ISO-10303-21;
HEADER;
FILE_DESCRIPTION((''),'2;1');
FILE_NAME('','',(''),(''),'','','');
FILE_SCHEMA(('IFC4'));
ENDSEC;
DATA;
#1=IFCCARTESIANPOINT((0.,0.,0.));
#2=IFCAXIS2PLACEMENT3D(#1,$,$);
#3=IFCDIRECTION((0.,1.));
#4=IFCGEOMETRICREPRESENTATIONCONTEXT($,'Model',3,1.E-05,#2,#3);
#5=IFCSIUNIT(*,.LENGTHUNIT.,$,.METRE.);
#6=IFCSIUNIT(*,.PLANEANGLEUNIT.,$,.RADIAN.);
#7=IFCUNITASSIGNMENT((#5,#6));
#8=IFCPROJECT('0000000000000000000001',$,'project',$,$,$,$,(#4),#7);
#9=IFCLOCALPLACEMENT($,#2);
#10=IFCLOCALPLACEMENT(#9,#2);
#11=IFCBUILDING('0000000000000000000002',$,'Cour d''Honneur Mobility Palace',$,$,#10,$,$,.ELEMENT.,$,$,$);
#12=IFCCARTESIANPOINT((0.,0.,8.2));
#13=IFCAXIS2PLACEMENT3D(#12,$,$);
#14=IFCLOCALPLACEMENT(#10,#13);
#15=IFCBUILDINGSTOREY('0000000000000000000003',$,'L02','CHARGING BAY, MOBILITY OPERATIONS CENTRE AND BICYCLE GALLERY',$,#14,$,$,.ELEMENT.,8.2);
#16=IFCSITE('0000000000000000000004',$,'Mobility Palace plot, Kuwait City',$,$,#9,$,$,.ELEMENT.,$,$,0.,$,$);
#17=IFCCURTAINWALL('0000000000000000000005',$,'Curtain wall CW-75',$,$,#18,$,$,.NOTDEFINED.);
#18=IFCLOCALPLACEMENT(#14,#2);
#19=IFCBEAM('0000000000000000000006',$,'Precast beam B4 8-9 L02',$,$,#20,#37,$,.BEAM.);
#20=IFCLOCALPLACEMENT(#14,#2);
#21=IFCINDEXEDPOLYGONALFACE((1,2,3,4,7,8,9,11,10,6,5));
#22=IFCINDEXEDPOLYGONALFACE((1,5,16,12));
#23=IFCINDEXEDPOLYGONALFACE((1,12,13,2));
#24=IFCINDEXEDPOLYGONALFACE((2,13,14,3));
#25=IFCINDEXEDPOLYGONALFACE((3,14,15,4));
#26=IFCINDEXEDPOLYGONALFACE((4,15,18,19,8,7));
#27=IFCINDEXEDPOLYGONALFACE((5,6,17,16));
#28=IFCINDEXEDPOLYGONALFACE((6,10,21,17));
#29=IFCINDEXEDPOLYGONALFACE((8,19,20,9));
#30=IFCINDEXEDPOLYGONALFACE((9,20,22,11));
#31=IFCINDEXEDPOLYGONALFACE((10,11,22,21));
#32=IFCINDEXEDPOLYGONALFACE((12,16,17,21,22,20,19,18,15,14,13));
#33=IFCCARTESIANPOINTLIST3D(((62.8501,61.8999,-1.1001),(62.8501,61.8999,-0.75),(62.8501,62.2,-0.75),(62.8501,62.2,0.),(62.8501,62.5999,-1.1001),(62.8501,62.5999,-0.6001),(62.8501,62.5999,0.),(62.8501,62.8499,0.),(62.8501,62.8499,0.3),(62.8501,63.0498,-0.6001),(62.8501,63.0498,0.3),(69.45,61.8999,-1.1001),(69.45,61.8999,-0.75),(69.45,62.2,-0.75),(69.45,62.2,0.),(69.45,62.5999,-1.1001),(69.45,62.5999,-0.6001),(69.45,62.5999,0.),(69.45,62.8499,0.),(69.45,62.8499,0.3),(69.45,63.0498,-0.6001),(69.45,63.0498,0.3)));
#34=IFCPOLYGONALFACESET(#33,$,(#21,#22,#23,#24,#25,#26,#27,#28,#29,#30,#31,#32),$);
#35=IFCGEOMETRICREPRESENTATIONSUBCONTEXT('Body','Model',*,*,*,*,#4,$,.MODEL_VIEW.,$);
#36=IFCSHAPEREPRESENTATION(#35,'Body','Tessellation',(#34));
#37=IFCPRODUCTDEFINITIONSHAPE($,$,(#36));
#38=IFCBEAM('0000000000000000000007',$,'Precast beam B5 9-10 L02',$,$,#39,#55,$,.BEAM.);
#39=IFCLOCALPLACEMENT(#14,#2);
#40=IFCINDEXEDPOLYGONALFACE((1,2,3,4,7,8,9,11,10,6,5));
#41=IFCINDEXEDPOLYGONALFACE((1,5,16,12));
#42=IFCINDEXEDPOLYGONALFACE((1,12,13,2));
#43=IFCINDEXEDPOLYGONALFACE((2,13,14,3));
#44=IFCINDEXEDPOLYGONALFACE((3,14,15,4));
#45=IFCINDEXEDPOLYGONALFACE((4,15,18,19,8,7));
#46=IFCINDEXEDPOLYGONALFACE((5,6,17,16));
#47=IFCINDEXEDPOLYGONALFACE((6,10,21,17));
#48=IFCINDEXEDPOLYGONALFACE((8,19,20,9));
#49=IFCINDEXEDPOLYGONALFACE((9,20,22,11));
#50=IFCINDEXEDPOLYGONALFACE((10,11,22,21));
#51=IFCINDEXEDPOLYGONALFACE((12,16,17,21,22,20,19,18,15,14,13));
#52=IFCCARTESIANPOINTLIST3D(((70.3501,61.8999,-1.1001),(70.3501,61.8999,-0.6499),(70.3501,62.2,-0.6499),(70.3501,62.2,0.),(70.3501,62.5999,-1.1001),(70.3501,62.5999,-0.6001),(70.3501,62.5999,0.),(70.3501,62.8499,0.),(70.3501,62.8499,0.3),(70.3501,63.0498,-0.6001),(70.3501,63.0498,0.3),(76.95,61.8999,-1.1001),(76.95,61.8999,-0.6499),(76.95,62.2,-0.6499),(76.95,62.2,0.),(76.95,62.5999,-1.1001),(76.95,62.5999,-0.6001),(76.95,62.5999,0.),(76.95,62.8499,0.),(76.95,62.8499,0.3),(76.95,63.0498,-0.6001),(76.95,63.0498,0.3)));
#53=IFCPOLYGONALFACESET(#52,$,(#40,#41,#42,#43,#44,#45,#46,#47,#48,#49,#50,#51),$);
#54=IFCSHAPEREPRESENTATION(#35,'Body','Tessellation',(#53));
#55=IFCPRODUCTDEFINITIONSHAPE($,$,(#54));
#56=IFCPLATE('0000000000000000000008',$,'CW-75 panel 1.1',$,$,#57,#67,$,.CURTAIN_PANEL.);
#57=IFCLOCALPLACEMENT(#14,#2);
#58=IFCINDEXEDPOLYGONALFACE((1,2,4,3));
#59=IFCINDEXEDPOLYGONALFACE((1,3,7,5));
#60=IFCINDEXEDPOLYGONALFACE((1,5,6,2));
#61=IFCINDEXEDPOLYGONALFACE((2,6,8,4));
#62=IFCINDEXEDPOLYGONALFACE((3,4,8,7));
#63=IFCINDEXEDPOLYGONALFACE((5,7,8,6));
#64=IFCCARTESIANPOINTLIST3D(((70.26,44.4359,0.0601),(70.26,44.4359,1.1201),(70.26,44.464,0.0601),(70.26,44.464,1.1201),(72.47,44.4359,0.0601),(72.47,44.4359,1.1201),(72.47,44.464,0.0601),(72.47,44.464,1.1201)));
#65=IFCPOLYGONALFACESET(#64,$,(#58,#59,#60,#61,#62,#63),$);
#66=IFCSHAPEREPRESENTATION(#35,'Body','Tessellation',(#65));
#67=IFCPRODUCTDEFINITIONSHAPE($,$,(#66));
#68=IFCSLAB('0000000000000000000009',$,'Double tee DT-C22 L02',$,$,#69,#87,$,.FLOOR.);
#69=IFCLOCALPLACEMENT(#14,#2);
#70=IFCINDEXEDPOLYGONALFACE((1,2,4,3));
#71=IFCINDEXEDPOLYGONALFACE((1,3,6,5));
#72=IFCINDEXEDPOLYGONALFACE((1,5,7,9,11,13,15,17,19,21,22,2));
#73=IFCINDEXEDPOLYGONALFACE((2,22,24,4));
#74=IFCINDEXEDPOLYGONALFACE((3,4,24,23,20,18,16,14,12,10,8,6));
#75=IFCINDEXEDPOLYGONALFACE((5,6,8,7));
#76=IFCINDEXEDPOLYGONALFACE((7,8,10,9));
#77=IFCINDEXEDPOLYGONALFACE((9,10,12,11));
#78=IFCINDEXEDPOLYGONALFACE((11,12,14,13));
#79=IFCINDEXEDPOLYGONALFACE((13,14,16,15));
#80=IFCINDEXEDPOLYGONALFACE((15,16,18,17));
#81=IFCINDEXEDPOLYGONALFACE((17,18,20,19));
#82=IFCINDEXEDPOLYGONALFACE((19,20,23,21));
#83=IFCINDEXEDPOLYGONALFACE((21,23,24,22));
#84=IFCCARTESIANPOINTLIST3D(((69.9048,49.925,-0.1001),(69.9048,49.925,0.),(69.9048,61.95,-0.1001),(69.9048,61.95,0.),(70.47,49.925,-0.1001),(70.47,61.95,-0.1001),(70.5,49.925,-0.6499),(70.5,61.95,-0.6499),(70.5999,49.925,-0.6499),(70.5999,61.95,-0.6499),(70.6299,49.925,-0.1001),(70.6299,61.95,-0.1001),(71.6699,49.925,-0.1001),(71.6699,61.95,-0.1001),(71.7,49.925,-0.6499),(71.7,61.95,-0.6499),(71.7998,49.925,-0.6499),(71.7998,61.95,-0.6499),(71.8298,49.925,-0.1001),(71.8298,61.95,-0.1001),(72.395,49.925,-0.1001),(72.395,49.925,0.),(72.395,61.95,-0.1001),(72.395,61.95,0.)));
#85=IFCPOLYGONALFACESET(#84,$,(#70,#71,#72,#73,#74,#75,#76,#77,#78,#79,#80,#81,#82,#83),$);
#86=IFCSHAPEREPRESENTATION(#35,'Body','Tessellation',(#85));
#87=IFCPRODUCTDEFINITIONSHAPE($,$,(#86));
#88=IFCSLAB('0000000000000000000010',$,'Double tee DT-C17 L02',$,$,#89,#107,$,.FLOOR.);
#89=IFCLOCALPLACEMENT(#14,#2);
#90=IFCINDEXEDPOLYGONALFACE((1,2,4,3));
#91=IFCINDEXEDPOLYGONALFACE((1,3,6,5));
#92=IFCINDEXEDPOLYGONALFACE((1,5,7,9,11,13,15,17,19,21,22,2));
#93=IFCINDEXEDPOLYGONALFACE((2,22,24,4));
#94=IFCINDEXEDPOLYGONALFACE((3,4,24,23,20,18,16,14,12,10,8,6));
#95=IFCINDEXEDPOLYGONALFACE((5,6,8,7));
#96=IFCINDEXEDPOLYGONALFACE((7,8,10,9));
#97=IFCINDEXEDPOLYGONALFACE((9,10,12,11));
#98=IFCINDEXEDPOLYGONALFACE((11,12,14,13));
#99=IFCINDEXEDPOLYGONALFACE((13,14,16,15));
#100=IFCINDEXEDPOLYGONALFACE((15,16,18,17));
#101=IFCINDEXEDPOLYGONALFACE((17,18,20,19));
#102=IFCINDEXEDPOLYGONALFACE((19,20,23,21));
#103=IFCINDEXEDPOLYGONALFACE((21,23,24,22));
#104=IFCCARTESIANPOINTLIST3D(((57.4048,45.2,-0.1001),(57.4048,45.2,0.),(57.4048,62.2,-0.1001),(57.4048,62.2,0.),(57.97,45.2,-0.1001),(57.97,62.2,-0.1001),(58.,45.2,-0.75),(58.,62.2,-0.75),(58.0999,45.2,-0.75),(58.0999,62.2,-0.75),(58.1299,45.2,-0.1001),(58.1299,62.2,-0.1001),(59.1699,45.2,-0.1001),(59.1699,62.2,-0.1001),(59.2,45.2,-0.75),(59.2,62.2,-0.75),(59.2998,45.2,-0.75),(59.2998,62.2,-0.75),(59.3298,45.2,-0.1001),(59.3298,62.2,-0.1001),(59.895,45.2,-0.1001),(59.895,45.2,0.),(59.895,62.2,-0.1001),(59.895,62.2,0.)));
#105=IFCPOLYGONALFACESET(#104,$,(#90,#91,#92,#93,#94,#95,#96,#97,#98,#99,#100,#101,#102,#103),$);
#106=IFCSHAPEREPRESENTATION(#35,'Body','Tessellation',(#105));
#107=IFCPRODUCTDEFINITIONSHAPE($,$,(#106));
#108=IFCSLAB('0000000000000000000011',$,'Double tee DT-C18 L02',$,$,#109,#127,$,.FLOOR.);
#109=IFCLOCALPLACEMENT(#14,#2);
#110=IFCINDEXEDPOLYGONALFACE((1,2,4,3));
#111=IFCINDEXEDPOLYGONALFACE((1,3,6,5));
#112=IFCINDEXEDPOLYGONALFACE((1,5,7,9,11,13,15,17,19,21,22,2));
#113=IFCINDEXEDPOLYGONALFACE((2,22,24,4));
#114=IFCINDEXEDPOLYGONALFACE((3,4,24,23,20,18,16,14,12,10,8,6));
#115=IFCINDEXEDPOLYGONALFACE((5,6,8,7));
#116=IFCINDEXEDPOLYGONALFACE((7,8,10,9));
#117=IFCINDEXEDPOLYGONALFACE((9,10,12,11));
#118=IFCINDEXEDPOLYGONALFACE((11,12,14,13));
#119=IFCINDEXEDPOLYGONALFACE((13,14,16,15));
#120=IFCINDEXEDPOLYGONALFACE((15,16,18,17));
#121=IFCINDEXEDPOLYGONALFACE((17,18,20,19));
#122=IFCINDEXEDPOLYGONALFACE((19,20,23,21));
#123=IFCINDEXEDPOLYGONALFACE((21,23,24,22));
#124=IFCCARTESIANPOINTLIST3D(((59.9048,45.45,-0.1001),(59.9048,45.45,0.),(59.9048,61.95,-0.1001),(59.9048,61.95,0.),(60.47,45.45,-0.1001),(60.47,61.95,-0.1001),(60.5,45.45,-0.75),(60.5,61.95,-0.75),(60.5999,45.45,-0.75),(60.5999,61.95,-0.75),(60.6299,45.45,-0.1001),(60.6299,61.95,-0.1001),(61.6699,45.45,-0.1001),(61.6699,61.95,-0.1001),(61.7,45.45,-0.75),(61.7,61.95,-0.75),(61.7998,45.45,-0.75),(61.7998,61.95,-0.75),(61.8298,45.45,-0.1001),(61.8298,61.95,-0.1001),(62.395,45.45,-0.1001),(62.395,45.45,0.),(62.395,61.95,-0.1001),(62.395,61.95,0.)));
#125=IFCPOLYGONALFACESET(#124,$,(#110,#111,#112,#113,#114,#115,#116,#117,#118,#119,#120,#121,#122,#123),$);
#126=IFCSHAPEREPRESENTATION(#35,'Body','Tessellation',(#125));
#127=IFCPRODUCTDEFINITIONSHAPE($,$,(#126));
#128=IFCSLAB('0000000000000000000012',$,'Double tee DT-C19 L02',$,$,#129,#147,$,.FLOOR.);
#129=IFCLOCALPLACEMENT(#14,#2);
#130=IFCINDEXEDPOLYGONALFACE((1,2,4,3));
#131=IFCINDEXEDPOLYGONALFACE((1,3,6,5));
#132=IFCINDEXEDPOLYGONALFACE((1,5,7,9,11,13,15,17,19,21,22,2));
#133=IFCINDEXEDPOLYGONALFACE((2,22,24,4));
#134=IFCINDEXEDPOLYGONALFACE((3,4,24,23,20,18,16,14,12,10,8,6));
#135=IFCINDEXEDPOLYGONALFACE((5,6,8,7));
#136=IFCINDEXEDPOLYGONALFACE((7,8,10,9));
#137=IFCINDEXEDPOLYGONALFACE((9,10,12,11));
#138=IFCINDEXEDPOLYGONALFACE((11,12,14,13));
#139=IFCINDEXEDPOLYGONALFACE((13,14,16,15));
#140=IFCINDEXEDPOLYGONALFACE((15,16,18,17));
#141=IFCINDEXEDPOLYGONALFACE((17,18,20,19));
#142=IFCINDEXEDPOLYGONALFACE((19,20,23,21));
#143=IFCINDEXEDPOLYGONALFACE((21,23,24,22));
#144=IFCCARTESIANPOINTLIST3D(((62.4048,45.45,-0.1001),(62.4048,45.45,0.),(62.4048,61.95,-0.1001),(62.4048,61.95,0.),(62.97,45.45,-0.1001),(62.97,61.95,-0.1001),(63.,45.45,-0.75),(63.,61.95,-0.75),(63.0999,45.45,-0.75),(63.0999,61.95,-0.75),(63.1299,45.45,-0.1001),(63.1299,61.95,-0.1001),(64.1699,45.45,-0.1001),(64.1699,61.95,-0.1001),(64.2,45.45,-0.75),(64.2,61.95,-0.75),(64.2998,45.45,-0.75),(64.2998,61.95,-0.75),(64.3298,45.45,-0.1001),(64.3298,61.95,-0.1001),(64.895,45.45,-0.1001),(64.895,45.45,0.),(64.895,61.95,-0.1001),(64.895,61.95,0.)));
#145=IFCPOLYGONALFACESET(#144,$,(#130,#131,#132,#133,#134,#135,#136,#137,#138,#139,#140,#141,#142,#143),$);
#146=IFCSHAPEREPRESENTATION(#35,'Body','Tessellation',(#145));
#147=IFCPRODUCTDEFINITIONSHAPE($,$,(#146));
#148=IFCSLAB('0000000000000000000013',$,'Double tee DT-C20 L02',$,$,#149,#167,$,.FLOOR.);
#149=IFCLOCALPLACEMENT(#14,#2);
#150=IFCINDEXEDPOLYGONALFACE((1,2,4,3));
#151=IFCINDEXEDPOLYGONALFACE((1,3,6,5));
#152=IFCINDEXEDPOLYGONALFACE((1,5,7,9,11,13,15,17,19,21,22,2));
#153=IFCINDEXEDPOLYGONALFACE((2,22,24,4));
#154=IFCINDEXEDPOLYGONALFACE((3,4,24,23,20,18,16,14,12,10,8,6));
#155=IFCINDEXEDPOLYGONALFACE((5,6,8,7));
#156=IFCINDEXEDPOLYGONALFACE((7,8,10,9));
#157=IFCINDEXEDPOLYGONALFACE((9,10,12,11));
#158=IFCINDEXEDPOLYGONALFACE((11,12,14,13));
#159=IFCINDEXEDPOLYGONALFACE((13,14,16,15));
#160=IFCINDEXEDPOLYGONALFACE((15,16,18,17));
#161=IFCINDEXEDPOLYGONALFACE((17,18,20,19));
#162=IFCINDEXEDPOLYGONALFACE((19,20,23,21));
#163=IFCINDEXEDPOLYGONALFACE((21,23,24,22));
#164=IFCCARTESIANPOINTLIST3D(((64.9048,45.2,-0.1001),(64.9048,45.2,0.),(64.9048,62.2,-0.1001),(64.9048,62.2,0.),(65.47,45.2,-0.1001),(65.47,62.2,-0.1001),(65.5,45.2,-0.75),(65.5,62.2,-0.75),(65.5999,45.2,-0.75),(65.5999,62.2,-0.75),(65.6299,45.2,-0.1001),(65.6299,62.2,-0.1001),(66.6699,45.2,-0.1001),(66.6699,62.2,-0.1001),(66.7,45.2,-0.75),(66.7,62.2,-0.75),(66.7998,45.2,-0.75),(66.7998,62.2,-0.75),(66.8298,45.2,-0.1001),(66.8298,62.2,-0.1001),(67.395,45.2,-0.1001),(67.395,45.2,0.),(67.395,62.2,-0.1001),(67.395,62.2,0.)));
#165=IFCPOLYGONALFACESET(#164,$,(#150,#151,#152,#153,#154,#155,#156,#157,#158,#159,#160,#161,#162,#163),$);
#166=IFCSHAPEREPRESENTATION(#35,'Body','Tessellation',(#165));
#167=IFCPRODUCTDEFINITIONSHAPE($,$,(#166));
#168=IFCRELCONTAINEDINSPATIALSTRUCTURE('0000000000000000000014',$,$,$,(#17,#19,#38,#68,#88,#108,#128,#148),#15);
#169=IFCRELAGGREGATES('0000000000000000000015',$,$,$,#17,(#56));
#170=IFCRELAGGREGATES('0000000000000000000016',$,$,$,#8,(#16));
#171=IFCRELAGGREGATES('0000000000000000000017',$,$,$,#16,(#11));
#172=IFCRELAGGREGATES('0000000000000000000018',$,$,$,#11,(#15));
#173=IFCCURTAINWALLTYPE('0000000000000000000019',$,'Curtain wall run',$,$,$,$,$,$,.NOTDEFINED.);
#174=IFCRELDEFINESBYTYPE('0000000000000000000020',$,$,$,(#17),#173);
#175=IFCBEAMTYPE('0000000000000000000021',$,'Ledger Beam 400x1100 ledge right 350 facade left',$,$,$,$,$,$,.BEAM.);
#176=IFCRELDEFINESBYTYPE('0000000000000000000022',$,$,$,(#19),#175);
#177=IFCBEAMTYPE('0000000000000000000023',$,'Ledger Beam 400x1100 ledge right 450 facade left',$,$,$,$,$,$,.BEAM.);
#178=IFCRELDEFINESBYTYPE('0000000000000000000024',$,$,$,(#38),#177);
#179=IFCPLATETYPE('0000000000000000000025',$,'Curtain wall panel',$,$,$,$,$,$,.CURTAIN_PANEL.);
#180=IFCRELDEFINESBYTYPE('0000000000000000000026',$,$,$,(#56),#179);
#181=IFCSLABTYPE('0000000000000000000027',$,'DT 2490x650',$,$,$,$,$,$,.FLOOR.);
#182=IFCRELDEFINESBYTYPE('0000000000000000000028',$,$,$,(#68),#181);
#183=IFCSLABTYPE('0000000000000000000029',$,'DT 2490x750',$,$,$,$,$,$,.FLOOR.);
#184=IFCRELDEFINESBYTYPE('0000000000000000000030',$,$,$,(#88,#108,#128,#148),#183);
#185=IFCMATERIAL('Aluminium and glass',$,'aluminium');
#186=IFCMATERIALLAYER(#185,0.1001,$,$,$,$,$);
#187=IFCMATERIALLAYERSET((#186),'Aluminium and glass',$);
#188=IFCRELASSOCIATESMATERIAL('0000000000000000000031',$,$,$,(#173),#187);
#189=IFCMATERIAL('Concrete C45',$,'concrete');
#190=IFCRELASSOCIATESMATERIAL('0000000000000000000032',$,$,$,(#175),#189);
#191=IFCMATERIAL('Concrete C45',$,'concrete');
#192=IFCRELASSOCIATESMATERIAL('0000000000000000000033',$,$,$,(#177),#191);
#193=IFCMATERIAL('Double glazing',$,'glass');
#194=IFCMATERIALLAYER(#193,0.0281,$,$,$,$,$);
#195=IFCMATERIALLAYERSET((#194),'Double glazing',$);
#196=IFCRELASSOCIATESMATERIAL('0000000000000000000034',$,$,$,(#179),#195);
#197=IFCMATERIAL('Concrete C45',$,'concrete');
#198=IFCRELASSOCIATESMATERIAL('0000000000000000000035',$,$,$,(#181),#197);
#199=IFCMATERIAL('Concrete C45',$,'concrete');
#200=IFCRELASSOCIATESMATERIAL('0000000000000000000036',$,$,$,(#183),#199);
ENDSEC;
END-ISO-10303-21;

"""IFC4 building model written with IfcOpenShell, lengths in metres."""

from ifc_helpers import new_model, si_unit, direction, frame, origin, origin_2d, place, context, subcontext, project, spatial, polyline, rectangle, outline, extrude, material, layer, layer_set, material_profile, profile_set, type_object, element, aggregate, save


model = new_model("IFC4")

# Units and contexts
model_context = context("Model", 3, precision=1e-05, world=origin(), true_north=direction((0.0, 1.0)))
body_context = subcontext(model_context, "Body", "Model", "MODEL_VIEW")
ifc_project = project(units=[si_unit("LENGTHUNIT", "METRE"), si_unit("PLANEANGLEUNIT", "RADIAN")], contexts=[model_context])

# Site, building, storey
site_placement = place(None, origin())
site = spatial("IfcSite", under=ifc_project, at=site_placement, Name="Mobility Palace plot, Kuwait City", CompositionType="ELEMENT", RefElevation=0.0)
building_placement = place(site_placement, origin())
building = spatial("IfcBuilding", under=site, at=building_placement, Name="Cour d'Honneur Mobility Palace", CompositionType="ELEMENT")
storey_placement = place(building_placement, frame((0.0, 0.0, 8.2)))
storey = spatial("IfcBuildingStorey", under=building, at=storey_placement, Name="L02", Description="CHARGING BAY, MOBILITY OPERATIONS CENTRE AND BICYCLE GALLERY", CompositionType="ELEMENT", Elevation=8.2)

# Curtain wall
ifc_material_1 = material(Name="Aluminium and glass", Category="aluminium")
ifc_layer_1 = layer(ifc_material_1, 0.1001)
ifc_layer_set_1 = layer_set([ifc_layer_1], Name="Aluminium and glass")
curtain_wall_type = type_object("IfcCurtainWallType", Name="Curtain wall run", PredefinedType="NOTDEFINED", material=ifc_layer_set_1)
curtain_wall_placement = place(storey_placement, origin())
curtain_wall = element("IfcCurtainWall", 1, at=curtain_wall_placement, inside=storey, type_object=curtain_wall_type, Name="Curtain wall CW-75", PredefinedType="NOTDEFINED")

# Beams
ifc_material_2 = material(Name="Concrete C45", Category="concrete")
ifc_material_profile_1 = material_profile(ifc_material_2, outline(polyline([(0.2, -1.1001), (0.2, -0.6001), (0.6499, -0.6001), (0.6499, 0.3), (0.45, 0.3), (0.45, 0.0), (0.2, 0.0), (-0.2, 0.0), (-0.2, -0.75), (-0.5, -0.75), (-0.5, -1.1001), (0.2, -1.1001)])), Name="Ledger Beam 400x1100 ledge right 350 facade left")
ifc_profile_set_1 = profile_set([ifc_material_profile_1], Name="Concrete C45")
beam_type_1 = type_object("IfcBeamType", Name="Ledger Beam 400x1100 ledge right 350 facade left", PredefinedType="BEAM", material=ifc_profile_set_1)
beam_1_placement = place(storey_placement, frame((62.8501, 62.3999, 0.0), z_axis=(1.0, 0.0, 0.0), x_axis=(0.0, 1.0, 0.0)))
element("IfcBeam", 2, at=beam_1_placement, inside=storey, type_object=beam_type_1, Name="Precast beam B4 8-9 L02", PredefinedType="BEAM", context=body_context, shape_type="SweptSolid", body=[
    extrude(outline(polyline([(0.2, -1.1001), (0.2, -0.6001), (0.6499, -0.6001), (0.6499, 0.3), (0.45, 0.3), (0.45, 0.0), (0.2, 0.0), (-0.2, 0.0), (-0.2, -0.75), (-0.5, -0.75), (-0.5, -1.1001), (0.2, -1.1001)])), origin(), (0.0, 0.0, 1.0), 6.5999),
])
ifc_material_3 = material(Name="Concrete C45", Category="concrete")
ifc_material_profile_2 = material_profile(ifc_material_3, outline(polyline([(0.2, -1.1001), (0.2, -0.6001), (0.6499, -0.6001), (0.6499, 0.3), (0.45, 0.3), (0.45, 0.0), (0.2, 0.0), (-0.2, 0.0), (-0.2, -0.6499), (-0.5, -0.6499), (-0.5, -1.1001), (0.2, -1.1001)])), Name="Ledger Beam 400x1100 ledge right 450 facade left")
ifc_profile_set_2 = profile_set([ifc_material_profile_2], Name="Concrete C45")
beam_type_2 = type_object("IfcBeamType", Name="Ledger Beam 400x1100 ledge right 450 facade left", PredefinedType="BEAM", material=ifc_profile_set_2)
beam_2_placement = place(storey_placement, frame((70.3501, 62.3999, 0.0), z_axis=(1.0, 0.0, 0.0), x_axis=(0.0, 1.0, 0.0)))
element("IfcBeam", 3, at=beam_2_placement, inside=storey, type_object=beam_type_2, Name="Precast beam B5 9-10 L02", PredefinedType="BEAM", context=body_context, shape_type="SweptSolid", body=[
    extrude(outline(polyline([(0.2, -1.1001), (0.2, -0.6001), (0.6499, -0.6001), (0.6499, 0.3), (0.45, 0.3), (0.45, 0.0), (0.2, 0.0), (-0.2, 0.0), (-0.2, -0.6499), (-0.5, -0.6499), (-0.5, -1.1001), (0.2, -1.1001)])), origin(), (0.0, 0.0, 1.0), 6.5999),
])

# Plate
ifc_material_4 = material(Name="Double glazing", Category="glass")
ifc_layer_2 = layer(ifc_material_4, 0.0281)
ifc_layer_set_2 = layer_set([ifc_layer_2], Name="Double glazing")
plate_type = type_object("IfcPlateType", Name="Curtain wall panel", PredefinedType="CURTAIN_PANEL", material=ifc_layer_set_2)
plate_placement = place(storey_placement, frame((71.365, 44.45, 0.0601), z_axis=(0.0, 0.0, 1.0), x_axis=(1.0, 0.0, 0.0)))
plate = element("IfcPlate", 4, at=plate_placement, type_object=plate_type, Name="CW-75 panel 1.1", PredefinedType="CURTAIN_PANEL", context=body_context, shape_type="SweptSolid", body=[
    extrude(rectangle(XDim=2.21, YDim=0.0281, at=origin_2d()), origin(), (0.0, 0.0, 1.0), 1.0601),
])
aggregate(curtain_wall, [plate])

# Slabs
ifc_material_5 = material(Name="Concrete C45", Category="concrete")
ifc_material_profile_3 = material_profile(ifc_material_5, outline(polyline([(-1.2451, 0.0), (1.2451, 0.0), (1.2451, -0.1001), (0.6799, -0.1001), (0.6499, -0.6499), (0.55, -0.6499), (0.52, -0.1001), (-0.52, -0.1001), (-0.55, -0.6499), (-0.6499, -0.6499), (-0.6799, -0.1001), (-1.2451, -0.1001), (-1.2451, 0.0)])), Name="DT 2490x650")
ifc_profile_set_3 = profile_set([ifc_material_profile_3], Name="Concrete C45")
slab_type_1 = type_object("IfcSlabType", Name="DT 2490x650", PredefinedType="FLOOR", material=ifc_profile_set_3)
slab_1_placement = place(storey_placement, frame((71.1499, 49.925, 0.0), z_axis=(0.0, 1.0, 0.0), x_axis=(-1.0, 0.0, 0.0)))
element("IfcSlab", 5, at=slab_1_placement, inside=storey, type_object=slab_type_1, Name="Double tee DT-C22 L02", PredefinedType="FLOOR", context=body_context, shape_type="SweptSolid", body=[
    extrude(outline(polyline([(-1.2451, 0.0), (1.2451, 0.0), (1.2451, -0.1001), (0.6799, -0.1001), (0.6499, -0.6499), (0.55, -0.6499), (0.52, -0.1001), (-0.52, -0.1001), (-0.55, -0.6499), (-0.6499, -0.6499), (-0.6799, -0.1001), (-1.2451, -0.1001), (-1.2451, 0.0)])), origin(), (0.0, 0.0, 1.0), 12.0249),
])
ifc_material_6 = material(Name="Concrete C45", Category="concrete")
ifc_material_profile_4 = material_profile(ifc_material_6, outline(polyline([(-1.2451, 0.0), (1.2451, 0.0), (1.2451, -0.1001), (0.6799, -0.1001), (0.6499, -0.75), (0.55, -0.75), (0.52, -0.1001), (-0.52, -0.1001), (-0.55, -0.75), (-0.6499, -0.75), (-0.6799, -0.1001), (-1.2451, -0.1001), (-1.2451, 0.0)])), Name="DT 2490x750")
ifc_profile_set_4 = profile_set([ifc_material_profile_4], Name="Concrete C45")
slab_type_2 = type_object("IfcSlabType", Name="DT 2490x750", PredefinedType="FLOOR", material=ifc_profile_set_4)
slab_2_placement = place(storey_placement, frame((58.6499, 45.2, 0.0), z_axis=(0.0, 1.0, 0.0), x_axis=(-1.0, 0.0, 0.0)))
element("IfcSlab", 6, at=slab_2_placement, inside=storey, type_object=slab_type_2, Name="Double tee DT-C17 L02", PredefinedType="FLOOR", context=body_context, shape_type="SweptSolid", body=[
    extrude(outline(polyline([(-1.2451, 0.0), (1.2451, 0.0), (1.2451, -0.1001), (0.6799, -0.1001), (0.6499, -0.75), (0.55, -0.75), (0.52, -0.1001), (-0.52, -0.1001), (-0.55, -0.75), (-0.6499, -0.75), (-0.6799, -0.1001), (-1.2451, -0.1001), (-1.2451, 0.0)])), origin(), (0.0, 0.0, 1.0), 17.0),
])
for number, where, z_axis, x_axis, name in (
    (7, (61.1499, 45.45, 0.0), (0.0, 1.0, 0.0), (-1.0, 0.0, 0.0), "Double tee DT-C18 L02"),
    (8, (63.6499, 45.45, 0.0), (0.0, 1.0, 0.0), (-1.0, 0.0, 0.0), "Double tee DT-C19 L02"),
):
    element("IfcSlab", number, at=place(storey_placement, frame(where, z_axis=z_axis, x_axis=x_axis)), inside=storey, type_object=slab_type_2, Name=name, PredefinedType="FLOOR", context=body_context, shape_type="SweptSolid", body=[
        extrude(outline(polyline([(-1.2451, 0.0), (1.2451, 0.0), (1.2451, -0.1001), (0.6799, -0.1001), (0.6499, -0.75), (0.55, -0.75), (0.52, -0.1001), (-0.52, -0.1001), (-0.55, -0.75), (-0.6499, -0.75), (-0.6799, -0.1001), (-1.2451, -0.1001), (-1.2451, 0.0)])), origin(), (0.0, 0.0, 1.0), 16.5),
    ])
slab_3_placement = place(storey_placement, frame((66.1499, 45.2, 0.0), z_axis=(0.0, 1.0, 0.0), x_axis=(-1.0, 0.0, 0.0)))
element("IfcSlab", 9, at=slab_3_placement, inside=storey, type_object=slab_type_2, Name="Double tee DT-C20 L02", PredefinedType="FLOOR", context=body_context, shape_type="SweptSolid", body=[
    extrude(outline(polyline([(-1.2451, 0.0), (1.2451, 0.0), (1.2451, -0.1001), (0.6799, -0.1001), (0.6499, -0.75), (0.55, -0.75), (0.52, -0.1001), (-0.52, -0.1001), (-0.55, -0.75), (-0.6499, -0.75), (-0.6799, -0.1001), (-1.2451, -0.1001), (-1.2451, 0.0)])), origin(), (0.0, 0.0, 1.0), 17.0),
])

save(model, "model.ifc")
